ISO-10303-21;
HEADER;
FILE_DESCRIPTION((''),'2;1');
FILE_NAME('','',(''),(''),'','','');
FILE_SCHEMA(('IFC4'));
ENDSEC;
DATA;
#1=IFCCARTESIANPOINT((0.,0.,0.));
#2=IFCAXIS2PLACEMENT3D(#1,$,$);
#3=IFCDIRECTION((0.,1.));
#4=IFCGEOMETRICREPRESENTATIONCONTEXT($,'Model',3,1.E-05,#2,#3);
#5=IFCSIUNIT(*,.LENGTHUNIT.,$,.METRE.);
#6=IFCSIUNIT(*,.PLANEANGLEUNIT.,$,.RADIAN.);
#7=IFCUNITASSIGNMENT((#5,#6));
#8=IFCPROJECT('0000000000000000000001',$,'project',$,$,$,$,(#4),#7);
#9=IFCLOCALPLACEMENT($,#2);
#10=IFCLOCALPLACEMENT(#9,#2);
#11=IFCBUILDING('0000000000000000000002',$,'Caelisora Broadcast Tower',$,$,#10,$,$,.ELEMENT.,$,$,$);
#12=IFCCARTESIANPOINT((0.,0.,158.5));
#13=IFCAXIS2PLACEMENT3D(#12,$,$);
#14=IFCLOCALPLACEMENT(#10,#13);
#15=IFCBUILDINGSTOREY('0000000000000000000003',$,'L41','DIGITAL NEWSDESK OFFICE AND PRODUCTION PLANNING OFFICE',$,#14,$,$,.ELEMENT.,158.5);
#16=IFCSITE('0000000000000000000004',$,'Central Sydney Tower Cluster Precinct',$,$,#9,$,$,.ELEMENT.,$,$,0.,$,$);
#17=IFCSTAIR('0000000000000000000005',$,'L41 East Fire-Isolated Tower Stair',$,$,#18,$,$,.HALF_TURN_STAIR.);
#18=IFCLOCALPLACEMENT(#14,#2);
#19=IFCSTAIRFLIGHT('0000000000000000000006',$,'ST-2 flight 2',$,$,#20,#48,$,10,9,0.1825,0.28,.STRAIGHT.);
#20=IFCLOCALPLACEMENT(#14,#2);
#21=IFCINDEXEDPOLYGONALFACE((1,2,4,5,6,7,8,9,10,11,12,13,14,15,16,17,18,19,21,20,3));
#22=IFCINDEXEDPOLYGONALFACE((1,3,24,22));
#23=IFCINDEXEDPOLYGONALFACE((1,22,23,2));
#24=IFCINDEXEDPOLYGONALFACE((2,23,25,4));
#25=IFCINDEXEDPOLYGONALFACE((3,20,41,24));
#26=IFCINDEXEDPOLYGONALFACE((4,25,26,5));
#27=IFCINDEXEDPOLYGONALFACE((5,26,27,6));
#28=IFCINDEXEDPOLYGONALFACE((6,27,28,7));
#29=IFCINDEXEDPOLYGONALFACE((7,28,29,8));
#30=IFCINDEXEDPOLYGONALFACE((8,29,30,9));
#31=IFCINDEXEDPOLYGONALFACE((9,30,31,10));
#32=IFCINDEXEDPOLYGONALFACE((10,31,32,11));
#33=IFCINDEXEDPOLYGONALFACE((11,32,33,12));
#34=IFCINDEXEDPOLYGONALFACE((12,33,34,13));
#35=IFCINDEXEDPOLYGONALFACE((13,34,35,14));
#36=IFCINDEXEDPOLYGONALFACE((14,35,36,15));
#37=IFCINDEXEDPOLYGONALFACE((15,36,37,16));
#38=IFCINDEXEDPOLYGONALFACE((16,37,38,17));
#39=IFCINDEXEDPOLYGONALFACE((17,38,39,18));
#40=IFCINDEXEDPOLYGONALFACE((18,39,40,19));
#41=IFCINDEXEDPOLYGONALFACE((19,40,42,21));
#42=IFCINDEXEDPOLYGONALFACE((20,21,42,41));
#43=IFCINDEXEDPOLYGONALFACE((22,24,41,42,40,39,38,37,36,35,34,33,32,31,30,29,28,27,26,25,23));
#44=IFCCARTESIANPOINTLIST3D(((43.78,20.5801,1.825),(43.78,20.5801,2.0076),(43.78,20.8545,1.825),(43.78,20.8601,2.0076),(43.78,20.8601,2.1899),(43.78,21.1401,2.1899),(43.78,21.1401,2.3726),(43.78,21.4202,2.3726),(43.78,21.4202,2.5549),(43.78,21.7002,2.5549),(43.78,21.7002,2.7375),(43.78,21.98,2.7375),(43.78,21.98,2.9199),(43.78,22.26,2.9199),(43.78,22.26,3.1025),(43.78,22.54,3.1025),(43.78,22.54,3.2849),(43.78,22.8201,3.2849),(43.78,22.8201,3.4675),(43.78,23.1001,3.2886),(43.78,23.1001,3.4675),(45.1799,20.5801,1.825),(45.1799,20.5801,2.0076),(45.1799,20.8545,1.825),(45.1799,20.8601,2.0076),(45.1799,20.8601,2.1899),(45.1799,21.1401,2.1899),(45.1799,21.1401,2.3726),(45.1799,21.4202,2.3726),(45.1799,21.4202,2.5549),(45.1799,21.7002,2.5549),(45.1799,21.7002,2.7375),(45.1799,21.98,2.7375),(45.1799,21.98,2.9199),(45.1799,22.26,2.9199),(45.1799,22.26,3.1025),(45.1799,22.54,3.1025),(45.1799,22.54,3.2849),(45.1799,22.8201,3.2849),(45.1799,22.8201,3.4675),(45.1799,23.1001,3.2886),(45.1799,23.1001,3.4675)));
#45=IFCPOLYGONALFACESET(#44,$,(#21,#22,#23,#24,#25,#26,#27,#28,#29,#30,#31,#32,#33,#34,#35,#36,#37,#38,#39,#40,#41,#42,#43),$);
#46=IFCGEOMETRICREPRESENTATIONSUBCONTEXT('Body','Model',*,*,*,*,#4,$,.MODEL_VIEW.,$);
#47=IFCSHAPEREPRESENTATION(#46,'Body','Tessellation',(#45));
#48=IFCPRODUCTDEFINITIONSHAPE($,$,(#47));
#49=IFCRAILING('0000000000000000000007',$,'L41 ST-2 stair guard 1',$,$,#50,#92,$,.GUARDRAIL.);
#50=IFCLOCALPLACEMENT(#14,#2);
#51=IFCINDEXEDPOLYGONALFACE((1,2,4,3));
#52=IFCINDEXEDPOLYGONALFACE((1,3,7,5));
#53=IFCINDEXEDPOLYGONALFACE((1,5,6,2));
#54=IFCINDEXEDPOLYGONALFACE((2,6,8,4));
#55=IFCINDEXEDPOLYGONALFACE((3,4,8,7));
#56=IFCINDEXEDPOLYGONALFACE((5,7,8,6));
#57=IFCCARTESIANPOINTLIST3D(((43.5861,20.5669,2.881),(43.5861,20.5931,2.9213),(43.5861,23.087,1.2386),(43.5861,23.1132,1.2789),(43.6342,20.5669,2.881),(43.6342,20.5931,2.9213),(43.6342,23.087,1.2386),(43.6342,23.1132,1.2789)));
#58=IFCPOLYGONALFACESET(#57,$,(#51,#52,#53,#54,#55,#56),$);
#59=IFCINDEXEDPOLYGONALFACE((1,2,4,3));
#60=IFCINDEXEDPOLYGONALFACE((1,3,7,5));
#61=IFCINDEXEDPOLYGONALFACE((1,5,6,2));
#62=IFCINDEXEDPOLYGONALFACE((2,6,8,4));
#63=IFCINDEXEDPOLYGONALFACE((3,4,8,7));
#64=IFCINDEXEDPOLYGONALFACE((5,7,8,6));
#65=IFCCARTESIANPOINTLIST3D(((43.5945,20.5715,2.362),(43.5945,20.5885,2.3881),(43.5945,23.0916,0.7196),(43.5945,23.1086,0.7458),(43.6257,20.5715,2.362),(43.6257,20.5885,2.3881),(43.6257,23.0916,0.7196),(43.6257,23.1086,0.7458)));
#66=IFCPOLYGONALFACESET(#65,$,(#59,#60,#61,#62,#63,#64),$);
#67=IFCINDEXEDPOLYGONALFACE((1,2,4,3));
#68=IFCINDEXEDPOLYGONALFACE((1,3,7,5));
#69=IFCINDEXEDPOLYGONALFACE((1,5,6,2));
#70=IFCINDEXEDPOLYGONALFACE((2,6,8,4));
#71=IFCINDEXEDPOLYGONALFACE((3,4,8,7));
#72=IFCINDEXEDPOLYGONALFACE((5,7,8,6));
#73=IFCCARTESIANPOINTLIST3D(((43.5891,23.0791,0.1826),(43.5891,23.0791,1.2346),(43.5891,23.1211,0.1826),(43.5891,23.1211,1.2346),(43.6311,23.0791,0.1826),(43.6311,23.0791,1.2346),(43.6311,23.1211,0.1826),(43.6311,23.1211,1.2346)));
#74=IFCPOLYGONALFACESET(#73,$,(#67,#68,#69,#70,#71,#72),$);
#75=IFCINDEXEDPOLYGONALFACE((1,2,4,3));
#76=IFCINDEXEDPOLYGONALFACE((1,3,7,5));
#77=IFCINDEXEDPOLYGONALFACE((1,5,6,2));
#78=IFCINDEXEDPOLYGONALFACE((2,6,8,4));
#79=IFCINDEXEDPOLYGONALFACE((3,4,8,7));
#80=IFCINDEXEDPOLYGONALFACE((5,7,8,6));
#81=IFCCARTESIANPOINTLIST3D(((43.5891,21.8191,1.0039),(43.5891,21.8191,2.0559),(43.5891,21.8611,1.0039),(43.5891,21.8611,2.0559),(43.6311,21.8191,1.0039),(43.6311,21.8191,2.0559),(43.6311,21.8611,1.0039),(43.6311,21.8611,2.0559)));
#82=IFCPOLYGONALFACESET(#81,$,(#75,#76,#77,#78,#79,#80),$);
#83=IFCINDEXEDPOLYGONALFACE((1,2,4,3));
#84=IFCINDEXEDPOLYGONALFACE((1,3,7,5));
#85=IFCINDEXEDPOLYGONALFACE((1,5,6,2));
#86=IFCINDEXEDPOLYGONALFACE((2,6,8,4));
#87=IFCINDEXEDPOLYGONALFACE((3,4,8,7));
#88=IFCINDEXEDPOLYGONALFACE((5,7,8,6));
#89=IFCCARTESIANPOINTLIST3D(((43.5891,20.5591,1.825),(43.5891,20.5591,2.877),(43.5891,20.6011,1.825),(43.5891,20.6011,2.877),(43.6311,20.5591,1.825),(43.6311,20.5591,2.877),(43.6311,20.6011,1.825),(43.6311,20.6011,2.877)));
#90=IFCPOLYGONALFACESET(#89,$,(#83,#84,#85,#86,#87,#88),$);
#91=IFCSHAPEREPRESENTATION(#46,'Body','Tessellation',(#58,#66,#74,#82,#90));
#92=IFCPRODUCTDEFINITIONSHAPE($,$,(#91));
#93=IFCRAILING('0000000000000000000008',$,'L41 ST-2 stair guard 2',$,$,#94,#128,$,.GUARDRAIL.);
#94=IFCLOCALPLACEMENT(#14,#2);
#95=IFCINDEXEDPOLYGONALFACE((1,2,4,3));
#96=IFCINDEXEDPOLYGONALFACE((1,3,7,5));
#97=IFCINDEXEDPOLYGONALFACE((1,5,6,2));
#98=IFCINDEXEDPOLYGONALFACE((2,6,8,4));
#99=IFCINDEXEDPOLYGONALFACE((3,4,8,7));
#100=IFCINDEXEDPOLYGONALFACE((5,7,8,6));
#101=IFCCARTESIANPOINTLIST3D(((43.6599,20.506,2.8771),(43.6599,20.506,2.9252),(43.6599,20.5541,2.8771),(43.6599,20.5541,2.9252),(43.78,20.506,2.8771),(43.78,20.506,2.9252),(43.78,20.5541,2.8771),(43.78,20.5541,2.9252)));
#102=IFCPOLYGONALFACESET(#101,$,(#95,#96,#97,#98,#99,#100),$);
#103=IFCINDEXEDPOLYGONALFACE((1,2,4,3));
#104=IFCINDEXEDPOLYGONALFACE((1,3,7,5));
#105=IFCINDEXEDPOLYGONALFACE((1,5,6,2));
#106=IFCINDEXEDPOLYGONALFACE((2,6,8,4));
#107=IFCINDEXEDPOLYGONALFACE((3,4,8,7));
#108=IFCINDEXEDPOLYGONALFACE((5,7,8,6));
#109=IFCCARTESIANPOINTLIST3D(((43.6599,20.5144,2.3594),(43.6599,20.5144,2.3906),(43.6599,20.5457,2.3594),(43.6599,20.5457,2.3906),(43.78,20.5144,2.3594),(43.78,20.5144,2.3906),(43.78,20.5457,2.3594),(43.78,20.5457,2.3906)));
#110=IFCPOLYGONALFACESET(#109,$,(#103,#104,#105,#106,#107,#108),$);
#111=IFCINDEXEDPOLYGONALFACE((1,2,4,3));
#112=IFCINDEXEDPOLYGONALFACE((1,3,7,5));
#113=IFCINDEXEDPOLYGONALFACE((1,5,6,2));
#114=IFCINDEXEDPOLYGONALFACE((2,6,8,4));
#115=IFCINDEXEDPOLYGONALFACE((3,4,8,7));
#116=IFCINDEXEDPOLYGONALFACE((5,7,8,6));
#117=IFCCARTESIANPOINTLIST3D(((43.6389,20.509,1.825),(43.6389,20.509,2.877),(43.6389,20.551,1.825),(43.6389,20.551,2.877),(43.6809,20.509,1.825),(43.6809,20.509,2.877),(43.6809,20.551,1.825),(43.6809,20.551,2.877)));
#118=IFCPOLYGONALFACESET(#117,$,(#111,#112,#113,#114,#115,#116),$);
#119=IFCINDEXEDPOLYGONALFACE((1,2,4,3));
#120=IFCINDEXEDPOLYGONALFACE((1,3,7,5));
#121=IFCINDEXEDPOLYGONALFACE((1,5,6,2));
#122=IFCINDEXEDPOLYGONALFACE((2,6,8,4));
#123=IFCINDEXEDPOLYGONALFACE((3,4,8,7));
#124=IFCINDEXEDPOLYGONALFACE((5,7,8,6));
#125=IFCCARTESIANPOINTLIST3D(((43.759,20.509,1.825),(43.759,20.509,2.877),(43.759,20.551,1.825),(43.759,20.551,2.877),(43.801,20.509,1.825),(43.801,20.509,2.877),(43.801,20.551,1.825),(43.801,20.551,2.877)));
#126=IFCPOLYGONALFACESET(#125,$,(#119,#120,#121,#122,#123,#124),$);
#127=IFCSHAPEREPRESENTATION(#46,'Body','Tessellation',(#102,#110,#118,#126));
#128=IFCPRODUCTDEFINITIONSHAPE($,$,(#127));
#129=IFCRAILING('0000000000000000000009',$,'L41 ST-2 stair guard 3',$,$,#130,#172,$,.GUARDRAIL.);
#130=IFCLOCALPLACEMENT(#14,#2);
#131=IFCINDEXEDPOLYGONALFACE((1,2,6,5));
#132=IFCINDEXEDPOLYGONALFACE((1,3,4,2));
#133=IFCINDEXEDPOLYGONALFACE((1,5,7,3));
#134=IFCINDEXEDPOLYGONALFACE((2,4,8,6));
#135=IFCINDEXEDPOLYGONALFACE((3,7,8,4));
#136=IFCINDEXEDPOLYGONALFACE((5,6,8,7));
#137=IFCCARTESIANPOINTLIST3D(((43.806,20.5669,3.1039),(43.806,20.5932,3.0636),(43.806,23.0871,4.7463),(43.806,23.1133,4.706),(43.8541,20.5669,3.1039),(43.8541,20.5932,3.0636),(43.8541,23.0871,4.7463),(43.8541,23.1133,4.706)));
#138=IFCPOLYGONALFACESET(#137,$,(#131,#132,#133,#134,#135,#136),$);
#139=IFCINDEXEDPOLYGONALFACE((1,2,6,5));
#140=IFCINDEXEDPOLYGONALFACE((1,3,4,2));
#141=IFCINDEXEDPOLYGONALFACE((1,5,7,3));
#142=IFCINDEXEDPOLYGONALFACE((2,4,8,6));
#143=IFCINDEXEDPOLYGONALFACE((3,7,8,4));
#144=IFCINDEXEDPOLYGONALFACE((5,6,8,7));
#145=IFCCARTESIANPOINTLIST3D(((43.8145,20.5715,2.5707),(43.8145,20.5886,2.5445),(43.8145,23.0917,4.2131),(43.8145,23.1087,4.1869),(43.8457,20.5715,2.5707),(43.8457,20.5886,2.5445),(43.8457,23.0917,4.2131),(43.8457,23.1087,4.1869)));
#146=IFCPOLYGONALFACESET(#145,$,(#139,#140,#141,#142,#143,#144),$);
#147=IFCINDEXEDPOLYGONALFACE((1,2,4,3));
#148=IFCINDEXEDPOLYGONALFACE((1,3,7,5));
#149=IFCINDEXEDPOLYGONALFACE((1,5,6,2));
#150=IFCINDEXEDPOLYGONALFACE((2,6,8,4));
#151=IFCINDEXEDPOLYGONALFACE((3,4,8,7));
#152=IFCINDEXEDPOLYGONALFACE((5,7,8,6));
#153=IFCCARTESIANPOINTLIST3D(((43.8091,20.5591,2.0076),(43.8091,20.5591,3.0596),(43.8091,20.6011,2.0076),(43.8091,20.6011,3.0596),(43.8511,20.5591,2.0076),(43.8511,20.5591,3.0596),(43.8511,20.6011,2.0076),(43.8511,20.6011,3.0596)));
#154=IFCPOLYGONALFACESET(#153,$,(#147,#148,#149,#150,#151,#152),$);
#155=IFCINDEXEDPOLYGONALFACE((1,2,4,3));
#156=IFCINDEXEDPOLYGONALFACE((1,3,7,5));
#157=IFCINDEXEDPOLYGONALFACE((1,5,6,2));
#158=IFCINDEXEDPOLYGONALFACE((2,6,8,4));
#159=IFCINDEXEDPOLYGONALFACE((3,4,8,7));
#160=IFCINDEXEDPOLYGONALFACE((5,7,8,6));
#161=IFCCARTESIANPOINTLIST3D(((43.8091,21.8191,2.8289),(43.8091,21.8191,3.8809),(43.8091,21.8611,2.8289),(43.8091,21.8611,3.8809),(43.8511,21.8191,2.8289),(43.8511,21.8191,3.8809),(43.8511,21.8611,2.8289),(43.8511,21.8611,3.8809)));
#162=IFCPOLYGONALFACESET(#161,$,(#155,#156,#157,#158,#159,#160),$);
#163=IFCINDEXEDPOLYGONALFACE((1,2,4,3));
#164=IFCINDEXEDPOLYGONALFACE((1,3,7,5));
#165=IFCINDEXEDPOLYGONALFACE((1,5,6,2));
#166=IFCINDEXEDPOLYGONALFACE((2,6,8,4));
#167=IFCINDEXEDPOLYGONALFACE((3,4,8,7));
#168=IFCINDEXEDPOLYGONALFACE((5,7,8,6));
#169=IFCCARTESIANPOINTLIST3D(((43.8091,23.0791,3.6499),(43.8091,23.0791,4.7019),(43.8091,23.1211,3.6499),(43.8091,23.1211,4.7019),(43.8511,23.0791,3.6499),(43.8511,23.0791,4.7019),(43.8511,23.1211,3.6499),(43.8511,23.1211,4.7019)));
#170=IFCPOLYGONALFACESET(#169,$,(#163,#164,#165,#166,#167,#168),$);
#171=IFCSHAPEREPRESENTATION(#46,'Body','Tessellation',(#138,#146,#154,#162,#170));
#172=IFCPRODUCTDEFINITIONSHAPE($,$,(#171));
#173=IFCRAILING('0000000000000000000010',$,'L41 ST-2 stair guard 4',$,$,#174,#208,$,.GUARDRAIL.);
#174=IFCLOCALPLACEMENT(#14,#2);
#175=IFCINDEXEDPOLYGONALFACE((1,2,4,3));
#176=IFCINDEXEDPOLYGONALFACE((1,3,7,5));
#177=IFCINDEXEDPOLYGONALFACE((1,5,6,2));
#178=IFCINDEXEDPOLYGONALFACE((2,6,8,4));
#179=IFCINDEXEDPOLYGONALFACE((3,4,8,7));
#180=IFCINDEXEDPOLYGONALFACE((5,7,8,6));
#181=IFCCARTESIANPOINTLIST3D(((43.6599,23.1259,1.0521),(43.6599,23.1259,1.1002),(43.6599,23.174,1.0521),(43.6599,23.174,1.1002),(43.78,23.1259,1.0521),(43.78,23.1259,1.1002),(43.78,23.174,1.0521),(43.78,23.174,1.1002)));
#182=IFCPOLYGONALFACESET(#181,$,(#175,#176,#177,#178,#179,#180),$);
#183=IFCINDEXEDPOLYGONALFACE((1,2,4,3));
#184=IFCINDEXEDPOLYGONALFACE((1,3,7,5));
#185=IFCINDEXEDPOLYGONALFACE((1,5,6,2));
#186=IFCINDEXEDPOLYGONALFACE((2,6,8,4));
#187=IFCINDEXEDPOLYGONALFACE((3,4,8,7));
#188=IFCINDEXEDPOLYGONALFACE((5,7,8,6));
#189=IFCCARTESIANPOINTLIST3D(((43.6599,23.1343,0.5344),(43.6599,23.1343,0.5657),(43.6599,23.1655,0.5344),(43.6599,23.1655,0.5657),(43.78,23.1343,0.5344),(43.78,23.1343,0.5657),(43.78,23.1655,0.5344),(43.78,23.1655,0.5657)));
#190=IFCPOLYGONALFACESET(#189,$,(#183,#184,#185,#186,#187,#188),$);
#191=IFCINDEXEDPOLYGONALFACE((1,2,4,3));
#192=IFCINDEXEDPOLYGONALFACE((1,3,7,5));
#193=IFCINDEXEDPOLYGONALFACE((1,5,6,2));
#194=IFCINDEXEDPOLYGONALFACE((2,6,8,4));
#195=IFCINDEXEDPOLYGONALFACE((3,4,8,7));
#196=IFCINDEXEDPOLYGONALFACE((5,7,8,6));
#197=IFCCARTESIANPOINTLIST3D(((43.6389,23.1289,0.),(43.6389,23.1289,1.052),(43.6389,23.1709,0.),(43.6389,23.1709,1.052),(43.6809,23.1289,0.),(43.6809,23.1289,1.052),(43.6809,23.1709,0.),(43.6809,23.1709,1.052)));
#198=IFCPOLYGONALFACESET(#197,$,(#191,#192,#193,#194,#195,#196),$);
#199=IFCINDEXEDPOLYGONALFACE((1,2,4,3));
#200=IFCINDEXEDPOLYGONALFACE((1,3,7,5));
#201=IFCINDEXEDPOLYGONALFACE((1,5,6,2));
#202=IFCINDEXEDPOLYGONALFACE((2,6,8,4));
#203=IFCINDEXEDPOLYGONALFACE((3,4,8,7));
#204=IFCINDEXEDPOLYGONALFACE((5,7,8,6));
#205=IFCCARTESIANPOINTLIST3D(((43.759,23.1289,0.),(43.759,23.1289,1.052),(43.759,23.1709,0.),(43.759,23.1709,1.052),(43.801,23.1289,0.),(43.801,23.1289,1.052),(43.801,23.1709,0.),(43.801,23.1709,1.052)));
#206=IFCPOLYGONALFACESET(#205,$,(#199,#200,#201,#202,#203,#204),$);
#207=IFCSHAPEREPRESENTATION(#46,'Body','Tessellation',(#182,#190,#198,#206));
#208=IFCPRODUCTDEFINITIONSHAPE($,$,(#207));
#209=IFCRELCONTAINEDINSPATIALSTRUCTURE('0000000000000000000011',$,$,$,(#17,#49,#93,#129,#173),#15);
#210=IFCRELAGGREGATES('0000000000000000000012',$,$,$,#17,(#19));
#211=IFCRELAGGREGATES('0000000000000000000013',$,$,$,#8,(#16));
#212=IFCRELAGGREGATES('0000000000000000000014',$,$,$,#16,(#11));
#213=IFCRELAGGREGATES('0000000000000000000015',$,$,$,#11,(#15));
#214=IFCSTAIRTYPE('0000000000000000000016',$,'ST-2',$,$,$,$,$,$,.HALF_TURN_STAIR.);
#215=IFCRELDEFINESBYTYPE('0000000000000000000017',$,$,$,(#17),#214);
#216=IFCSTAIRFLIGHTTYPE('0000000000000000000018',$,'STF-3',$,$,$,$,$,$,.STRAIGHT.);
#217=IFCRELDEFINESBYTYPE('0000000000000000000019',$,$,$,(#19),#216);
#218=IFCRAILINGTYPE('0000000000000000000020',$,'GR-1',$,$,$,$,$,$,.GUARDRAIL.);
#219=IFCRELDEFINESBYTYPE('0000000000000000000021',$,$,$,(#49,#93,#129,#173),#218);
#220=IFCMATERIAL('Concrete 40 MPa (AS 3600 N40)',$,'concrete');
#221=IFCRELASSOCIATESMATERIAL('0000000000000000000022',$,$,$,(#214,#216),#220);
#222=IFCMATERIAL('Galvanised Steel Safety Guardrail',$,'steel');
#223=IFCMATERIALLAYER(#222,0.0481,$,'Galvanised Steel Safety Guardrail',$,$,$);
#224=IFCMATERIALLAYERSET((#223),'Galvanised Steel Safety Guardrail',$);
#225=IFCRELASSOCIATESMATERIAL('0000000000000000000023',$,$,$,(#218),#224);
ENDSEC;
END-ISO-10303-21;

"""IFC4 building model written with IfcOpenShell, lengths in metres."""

from ifc_helpers import new_model, si_unit, direction, frame, origin, origin_2d, place, context, subcontext, project, spatial, polyline, rectangle, outline, extrude, material, layer, layer_set, type_object, element, aggregate, save


model = new_model("IFC4")

# Units and contexts
model_context = context("Model", 3, precision=1e-05, world=origin(), true_north=direction((0.0, 1.0)))
body_context = subcontext(model_context, "Body", "Model", "MODEL_VIEW")
ifc_project = project(units=[si_unit("LENGTHUNIT", "METRE"), si_unit("PLANEANGLEUNIT", "RADIAN")], contexts=[model_context])

# Site, building, storey
site_placement = place(None, origin())
site = spatial("IfcSite", under=ifc_project, at=site_placement, Name="Central Sydney Tower Cluster Precinct", CompositionType="ELEMENT", RefElevation=0.0)
building_placement = place(site_placement, origin())
building = spatial("IfcBuilding", under=site, at=building_placement, Name="Caelisora Broadcast Tower", CompositionType="ELEMENT")
storey_placement = place(building_placement, frame((0.0, 0.0, 158.5)))
storey = spatial("IfcBuildingStorey", under=building, at=storey_placement, Name="L41", Description="DIGITAL NEWSDESK OFFICE AND PRODUCTION PLANNING OFFICE", CompositionType="ELEMENT", Elevation=158.5)

# Stair, stair flight
ifc_material_1 = material(Name="Concrete 40 MPa (AS 3600 N40)", Category="concrete")
stair_type = type_object("IfcStairType", Name="ST-2", PredefinedType="HALF_TURN_STAIR", material=ifc_material_1)
stair_placement = place(storey_placement, origin())
stair = element("IfcStair", 1, at=stair_placement, inside=storey, type_object=stair_type, Name="L41 East Fire-Isolated Tower Stair", PredefinedType="HALF_TURN_STAIR")
stair_flight_type = type_object("IfcStairFlightType", Name="STF-3", PredefinedType="STRAIGHT", material=ifc_material_1)
stair_flight_1_placement = place(storey_placement, frame((44.48, 20.5801, 1.825), z_axis=(0.0, 0.0, 1.0), x_axis=(0.0, 1.0, 0.0)))
stair_flight_1 = element("IfcStairFlight", 2, at=stair_flight_1_placement, type_object=stair_flight_type, Name="ST-2 flight 2", NumberOfRisers=10, NumberOfTreads=9, PredefinedType="STRAIGHT", RiserHeight=0.1825, TreadLength=0.28, context=body_context, shape_type="SweptSolid", body=[
    extrude(outline(polyline([(0.0, 0.0), (0.0, 0.1826), (0.28, 0.1826), (0.28, 0.365), (0.5601, 0.365), (0.5601, 0.5476), (0.8401, 0.5476), (0.8401, 0.73), (1.1201, 0.73), (1.1201, 0.9126), (1.3999, 0.9126), (1.3999, 1.095), (1.6799, 1.095), (1.6799, 1.2776), (1.96, 1.2776), (1.96, 1.46), (2.24, 1.46), (2.24, 1.6426), (2.52, 1.6426), (2.52, 1.825), (2.52, 1.4636), (0.2744, 0.0), (0.0, 0.0)])), frame((0.0, 0.7, 0.0), z_axis=(0.0, -1.0, 0.0), x_axis=(1.0, 0.0, 0.0)), (0.0, 0.0, 1.0), 1.3999),
])
aggregate(stair, [stair_flight_1])

# Railings
ifc_material_2 = material(Name="Galvanised Steel Safety Guardrail", Category="steel")
ifc_layer_1 = layer(ifc_material_2, 0.0481, Name="Galvanised Steel Safety Guardrail")
ifc_layer_set_1 = layer_set([ifc_layer_1], Name="Galvanised Steel Safety Guardrail")
railing_type_1 = type_object("IfcRailingType", Name="GR-1", PredefinedType="GUARDRAIL", material=ifc_layer_set_1)
railing_1_placement = place(storey_placement, frame((43.6101, 23.1001, 0.1826)))
element("IfcRailing", 3, at=railing_1_placement, inside=storey, type_object=railing_type_1, Name="L41 ST-2 stair guard 1", PredefinedType="GUARDRAIL", context=body_context, shape_type="SweptSolid", body=[
    extrude(rectangle(XDim=0.0481, YDim=0.0481, at=origin_2d()), frame((0.0, 0.0, 1.0762), z_axis=(0.0, -0.837787, 0.545998), x_axis=(1.0, 0.0, 0.0)), (0.0, 0.0, 1.0), 3.0081),
    extrude(rectangle(XDim=0.0312, YDim=0.0312, at=origin_2d()), frame((0.0, 0.0, 0.55), z_axis=(0.0, -0.837787, 0.545998), x_axis=(1.0, 0.0, 0.0)), (0.0, 0.0, 1.0), 3.0081),
    extrude(rectangle(XDim=0.042, YDim=0.042, at=origin_2d()), origin(), (0.0, 0.0, 1.0), 1.052),
    extrude(rectangle(XDim=0.042, YDim=0.042, at=origin_2d()), frame((0.0, -1.26, 0.8213)), (0.0, 0.0, 1.0), 1.052),
    extrude(rectangle(XDim=0.042, YDim=0.042, at=origin_2d()), frame((0.0, -2.52, 1.6423)), (0.0, 0.0, 1.0), 1.052),
])
railing_2_placement = place(storey_placement, frame((43.6599, 20.53, 1.825)))
element("IfcRailing", 4, at=railing_2_placement, inside=storey, type_object=railing_type_1, Name="L41 ST-2 stair guard 2", PredefinedType="GUARDRAIL", context=body_context, shape_type="SweptSolid", body=[
    extrude(rectangle(XDim=0.0481, YDim=0.0481, at=origin_2d()), frame((0.0, 0.0, 1.0762), z_axis=(1.0, 0.0, 0.0), x_axis=(0.0, 1.0, 0.0)), (0.0, 0.0, 1.0), 0.1201),
    extrude(rectangle(XDim=0.0312, YDim=0.0312, at=origin_2d()), frame((0.0, 0.0, 0.55), z_axis=(1.0, 0.0, 0.0), x_axis=(0.0, 1.0, 0.0)), (0.0, 0.0, 1.0), 0.1201),
    extrude(rectangle(XDim=0.042, YDim=0.042, at=origin_2d()), origin(), (0.0, 0.0, 1.0), 1.052),
    extrude(rectangle(XDim=0.042, YDim=0.042, at=origin_2d()), frame((0.1201, 0.0, 0.0)), (0.0, 0.0, 1.0), 1.052),
])
railing_3_placement = place(storey_placement, frame((43.8301, 20.5801, 2.0076)))
element("IfcRailing", 5, at=railing_3_placement, inside=storey, type_object=railing_type_1, Name="L41 ST-2 stair guard 3", PredefinedType="GUARDRAIL", context=body_context, shape_type="SweptSolid", body=[
    extrude(rectangle(XDim=0.0481, YDim=0.0481, at=origin_2d()), frame((0.0, 0.0, 1.0762), z_axis=(0.0, 0.837787, 0.545998), x_axis=(-1.0, 0.0, 0.0)), (0.0, 0.0, 1.0), 3.0081),
    extrude(rectangle(XDim=0.0312, YDim=0.0312, at=origin_2d()), frame((0.0, 0.0, 0.55), z_axis=(0.0, 0.837787, 0.545998), x_axis=(-1.0, 0.0, 0.0)), (0.0, 0.0, 1.0), 3.0081),
    extrude(rectangle(XDim=0.042, YDim=0.042, at=origin_2d()), origin(), (0.0, 0.0, 1.0), 1.052),
    extrude(rectangle(XDim=0.042, YDim=0.042, at=origin_2d()), frame((0.0, 1.26, 0.8213)), (0.0, 0.0, 1.0), 1.052),
    extrude(rectangle(XDim=0.042, YDim=0.042, at=origin_2d()), frame((0.0, 2.52, 1.6423)), (0.0, 0.0, 1.0), 1.052),
])
railing_4_placement = place(storey_placement, frame((43.6599, 23.1499, 0.0)))
element("IfcRailing", 6, at=railing_4_placement, inside=storey, type_object=railing_type_1, Name="L41 ST-2 stair guard 4", PredefinedType="GUARDRAIL", context=body_context, shape_type="SweptSolid", body=[
    extrude(rectangle(XDim=0.0481, YDim=0.0481, at=origin_2d()), frame((0.0, 0.0, 1.0762), z_axis=(1.0, 0.0, 0.0), x_axis=(0.0, 1.0, 0.0)), (0.0, 0.0, 1.0), 0.1201),
    extrude(rectangle(XDim=0.0312, YDim=0.0312, at=origin_2d()), frame((0.0, 0.0, 0.55), z_axis=(1.0, 0.0, 0.0), x_axis=(0.0, 1.0, 0.0)), (0.0, 0.0, 1.0), 0.1201),
    extrude(rectangle(XDim=0.042, YDim=0.042, at=origin_2d()), origin(), (0.0, 0.0, 1.0), 1.052),
    extrude(rectangle(XDim=0.042, YDim=0.042, at=origin_2d()), frame((0.1201, 0.0, 0.0)), (0.0, 0.0, 1.0), 1.052),
])

save(model, "model.ifc")
